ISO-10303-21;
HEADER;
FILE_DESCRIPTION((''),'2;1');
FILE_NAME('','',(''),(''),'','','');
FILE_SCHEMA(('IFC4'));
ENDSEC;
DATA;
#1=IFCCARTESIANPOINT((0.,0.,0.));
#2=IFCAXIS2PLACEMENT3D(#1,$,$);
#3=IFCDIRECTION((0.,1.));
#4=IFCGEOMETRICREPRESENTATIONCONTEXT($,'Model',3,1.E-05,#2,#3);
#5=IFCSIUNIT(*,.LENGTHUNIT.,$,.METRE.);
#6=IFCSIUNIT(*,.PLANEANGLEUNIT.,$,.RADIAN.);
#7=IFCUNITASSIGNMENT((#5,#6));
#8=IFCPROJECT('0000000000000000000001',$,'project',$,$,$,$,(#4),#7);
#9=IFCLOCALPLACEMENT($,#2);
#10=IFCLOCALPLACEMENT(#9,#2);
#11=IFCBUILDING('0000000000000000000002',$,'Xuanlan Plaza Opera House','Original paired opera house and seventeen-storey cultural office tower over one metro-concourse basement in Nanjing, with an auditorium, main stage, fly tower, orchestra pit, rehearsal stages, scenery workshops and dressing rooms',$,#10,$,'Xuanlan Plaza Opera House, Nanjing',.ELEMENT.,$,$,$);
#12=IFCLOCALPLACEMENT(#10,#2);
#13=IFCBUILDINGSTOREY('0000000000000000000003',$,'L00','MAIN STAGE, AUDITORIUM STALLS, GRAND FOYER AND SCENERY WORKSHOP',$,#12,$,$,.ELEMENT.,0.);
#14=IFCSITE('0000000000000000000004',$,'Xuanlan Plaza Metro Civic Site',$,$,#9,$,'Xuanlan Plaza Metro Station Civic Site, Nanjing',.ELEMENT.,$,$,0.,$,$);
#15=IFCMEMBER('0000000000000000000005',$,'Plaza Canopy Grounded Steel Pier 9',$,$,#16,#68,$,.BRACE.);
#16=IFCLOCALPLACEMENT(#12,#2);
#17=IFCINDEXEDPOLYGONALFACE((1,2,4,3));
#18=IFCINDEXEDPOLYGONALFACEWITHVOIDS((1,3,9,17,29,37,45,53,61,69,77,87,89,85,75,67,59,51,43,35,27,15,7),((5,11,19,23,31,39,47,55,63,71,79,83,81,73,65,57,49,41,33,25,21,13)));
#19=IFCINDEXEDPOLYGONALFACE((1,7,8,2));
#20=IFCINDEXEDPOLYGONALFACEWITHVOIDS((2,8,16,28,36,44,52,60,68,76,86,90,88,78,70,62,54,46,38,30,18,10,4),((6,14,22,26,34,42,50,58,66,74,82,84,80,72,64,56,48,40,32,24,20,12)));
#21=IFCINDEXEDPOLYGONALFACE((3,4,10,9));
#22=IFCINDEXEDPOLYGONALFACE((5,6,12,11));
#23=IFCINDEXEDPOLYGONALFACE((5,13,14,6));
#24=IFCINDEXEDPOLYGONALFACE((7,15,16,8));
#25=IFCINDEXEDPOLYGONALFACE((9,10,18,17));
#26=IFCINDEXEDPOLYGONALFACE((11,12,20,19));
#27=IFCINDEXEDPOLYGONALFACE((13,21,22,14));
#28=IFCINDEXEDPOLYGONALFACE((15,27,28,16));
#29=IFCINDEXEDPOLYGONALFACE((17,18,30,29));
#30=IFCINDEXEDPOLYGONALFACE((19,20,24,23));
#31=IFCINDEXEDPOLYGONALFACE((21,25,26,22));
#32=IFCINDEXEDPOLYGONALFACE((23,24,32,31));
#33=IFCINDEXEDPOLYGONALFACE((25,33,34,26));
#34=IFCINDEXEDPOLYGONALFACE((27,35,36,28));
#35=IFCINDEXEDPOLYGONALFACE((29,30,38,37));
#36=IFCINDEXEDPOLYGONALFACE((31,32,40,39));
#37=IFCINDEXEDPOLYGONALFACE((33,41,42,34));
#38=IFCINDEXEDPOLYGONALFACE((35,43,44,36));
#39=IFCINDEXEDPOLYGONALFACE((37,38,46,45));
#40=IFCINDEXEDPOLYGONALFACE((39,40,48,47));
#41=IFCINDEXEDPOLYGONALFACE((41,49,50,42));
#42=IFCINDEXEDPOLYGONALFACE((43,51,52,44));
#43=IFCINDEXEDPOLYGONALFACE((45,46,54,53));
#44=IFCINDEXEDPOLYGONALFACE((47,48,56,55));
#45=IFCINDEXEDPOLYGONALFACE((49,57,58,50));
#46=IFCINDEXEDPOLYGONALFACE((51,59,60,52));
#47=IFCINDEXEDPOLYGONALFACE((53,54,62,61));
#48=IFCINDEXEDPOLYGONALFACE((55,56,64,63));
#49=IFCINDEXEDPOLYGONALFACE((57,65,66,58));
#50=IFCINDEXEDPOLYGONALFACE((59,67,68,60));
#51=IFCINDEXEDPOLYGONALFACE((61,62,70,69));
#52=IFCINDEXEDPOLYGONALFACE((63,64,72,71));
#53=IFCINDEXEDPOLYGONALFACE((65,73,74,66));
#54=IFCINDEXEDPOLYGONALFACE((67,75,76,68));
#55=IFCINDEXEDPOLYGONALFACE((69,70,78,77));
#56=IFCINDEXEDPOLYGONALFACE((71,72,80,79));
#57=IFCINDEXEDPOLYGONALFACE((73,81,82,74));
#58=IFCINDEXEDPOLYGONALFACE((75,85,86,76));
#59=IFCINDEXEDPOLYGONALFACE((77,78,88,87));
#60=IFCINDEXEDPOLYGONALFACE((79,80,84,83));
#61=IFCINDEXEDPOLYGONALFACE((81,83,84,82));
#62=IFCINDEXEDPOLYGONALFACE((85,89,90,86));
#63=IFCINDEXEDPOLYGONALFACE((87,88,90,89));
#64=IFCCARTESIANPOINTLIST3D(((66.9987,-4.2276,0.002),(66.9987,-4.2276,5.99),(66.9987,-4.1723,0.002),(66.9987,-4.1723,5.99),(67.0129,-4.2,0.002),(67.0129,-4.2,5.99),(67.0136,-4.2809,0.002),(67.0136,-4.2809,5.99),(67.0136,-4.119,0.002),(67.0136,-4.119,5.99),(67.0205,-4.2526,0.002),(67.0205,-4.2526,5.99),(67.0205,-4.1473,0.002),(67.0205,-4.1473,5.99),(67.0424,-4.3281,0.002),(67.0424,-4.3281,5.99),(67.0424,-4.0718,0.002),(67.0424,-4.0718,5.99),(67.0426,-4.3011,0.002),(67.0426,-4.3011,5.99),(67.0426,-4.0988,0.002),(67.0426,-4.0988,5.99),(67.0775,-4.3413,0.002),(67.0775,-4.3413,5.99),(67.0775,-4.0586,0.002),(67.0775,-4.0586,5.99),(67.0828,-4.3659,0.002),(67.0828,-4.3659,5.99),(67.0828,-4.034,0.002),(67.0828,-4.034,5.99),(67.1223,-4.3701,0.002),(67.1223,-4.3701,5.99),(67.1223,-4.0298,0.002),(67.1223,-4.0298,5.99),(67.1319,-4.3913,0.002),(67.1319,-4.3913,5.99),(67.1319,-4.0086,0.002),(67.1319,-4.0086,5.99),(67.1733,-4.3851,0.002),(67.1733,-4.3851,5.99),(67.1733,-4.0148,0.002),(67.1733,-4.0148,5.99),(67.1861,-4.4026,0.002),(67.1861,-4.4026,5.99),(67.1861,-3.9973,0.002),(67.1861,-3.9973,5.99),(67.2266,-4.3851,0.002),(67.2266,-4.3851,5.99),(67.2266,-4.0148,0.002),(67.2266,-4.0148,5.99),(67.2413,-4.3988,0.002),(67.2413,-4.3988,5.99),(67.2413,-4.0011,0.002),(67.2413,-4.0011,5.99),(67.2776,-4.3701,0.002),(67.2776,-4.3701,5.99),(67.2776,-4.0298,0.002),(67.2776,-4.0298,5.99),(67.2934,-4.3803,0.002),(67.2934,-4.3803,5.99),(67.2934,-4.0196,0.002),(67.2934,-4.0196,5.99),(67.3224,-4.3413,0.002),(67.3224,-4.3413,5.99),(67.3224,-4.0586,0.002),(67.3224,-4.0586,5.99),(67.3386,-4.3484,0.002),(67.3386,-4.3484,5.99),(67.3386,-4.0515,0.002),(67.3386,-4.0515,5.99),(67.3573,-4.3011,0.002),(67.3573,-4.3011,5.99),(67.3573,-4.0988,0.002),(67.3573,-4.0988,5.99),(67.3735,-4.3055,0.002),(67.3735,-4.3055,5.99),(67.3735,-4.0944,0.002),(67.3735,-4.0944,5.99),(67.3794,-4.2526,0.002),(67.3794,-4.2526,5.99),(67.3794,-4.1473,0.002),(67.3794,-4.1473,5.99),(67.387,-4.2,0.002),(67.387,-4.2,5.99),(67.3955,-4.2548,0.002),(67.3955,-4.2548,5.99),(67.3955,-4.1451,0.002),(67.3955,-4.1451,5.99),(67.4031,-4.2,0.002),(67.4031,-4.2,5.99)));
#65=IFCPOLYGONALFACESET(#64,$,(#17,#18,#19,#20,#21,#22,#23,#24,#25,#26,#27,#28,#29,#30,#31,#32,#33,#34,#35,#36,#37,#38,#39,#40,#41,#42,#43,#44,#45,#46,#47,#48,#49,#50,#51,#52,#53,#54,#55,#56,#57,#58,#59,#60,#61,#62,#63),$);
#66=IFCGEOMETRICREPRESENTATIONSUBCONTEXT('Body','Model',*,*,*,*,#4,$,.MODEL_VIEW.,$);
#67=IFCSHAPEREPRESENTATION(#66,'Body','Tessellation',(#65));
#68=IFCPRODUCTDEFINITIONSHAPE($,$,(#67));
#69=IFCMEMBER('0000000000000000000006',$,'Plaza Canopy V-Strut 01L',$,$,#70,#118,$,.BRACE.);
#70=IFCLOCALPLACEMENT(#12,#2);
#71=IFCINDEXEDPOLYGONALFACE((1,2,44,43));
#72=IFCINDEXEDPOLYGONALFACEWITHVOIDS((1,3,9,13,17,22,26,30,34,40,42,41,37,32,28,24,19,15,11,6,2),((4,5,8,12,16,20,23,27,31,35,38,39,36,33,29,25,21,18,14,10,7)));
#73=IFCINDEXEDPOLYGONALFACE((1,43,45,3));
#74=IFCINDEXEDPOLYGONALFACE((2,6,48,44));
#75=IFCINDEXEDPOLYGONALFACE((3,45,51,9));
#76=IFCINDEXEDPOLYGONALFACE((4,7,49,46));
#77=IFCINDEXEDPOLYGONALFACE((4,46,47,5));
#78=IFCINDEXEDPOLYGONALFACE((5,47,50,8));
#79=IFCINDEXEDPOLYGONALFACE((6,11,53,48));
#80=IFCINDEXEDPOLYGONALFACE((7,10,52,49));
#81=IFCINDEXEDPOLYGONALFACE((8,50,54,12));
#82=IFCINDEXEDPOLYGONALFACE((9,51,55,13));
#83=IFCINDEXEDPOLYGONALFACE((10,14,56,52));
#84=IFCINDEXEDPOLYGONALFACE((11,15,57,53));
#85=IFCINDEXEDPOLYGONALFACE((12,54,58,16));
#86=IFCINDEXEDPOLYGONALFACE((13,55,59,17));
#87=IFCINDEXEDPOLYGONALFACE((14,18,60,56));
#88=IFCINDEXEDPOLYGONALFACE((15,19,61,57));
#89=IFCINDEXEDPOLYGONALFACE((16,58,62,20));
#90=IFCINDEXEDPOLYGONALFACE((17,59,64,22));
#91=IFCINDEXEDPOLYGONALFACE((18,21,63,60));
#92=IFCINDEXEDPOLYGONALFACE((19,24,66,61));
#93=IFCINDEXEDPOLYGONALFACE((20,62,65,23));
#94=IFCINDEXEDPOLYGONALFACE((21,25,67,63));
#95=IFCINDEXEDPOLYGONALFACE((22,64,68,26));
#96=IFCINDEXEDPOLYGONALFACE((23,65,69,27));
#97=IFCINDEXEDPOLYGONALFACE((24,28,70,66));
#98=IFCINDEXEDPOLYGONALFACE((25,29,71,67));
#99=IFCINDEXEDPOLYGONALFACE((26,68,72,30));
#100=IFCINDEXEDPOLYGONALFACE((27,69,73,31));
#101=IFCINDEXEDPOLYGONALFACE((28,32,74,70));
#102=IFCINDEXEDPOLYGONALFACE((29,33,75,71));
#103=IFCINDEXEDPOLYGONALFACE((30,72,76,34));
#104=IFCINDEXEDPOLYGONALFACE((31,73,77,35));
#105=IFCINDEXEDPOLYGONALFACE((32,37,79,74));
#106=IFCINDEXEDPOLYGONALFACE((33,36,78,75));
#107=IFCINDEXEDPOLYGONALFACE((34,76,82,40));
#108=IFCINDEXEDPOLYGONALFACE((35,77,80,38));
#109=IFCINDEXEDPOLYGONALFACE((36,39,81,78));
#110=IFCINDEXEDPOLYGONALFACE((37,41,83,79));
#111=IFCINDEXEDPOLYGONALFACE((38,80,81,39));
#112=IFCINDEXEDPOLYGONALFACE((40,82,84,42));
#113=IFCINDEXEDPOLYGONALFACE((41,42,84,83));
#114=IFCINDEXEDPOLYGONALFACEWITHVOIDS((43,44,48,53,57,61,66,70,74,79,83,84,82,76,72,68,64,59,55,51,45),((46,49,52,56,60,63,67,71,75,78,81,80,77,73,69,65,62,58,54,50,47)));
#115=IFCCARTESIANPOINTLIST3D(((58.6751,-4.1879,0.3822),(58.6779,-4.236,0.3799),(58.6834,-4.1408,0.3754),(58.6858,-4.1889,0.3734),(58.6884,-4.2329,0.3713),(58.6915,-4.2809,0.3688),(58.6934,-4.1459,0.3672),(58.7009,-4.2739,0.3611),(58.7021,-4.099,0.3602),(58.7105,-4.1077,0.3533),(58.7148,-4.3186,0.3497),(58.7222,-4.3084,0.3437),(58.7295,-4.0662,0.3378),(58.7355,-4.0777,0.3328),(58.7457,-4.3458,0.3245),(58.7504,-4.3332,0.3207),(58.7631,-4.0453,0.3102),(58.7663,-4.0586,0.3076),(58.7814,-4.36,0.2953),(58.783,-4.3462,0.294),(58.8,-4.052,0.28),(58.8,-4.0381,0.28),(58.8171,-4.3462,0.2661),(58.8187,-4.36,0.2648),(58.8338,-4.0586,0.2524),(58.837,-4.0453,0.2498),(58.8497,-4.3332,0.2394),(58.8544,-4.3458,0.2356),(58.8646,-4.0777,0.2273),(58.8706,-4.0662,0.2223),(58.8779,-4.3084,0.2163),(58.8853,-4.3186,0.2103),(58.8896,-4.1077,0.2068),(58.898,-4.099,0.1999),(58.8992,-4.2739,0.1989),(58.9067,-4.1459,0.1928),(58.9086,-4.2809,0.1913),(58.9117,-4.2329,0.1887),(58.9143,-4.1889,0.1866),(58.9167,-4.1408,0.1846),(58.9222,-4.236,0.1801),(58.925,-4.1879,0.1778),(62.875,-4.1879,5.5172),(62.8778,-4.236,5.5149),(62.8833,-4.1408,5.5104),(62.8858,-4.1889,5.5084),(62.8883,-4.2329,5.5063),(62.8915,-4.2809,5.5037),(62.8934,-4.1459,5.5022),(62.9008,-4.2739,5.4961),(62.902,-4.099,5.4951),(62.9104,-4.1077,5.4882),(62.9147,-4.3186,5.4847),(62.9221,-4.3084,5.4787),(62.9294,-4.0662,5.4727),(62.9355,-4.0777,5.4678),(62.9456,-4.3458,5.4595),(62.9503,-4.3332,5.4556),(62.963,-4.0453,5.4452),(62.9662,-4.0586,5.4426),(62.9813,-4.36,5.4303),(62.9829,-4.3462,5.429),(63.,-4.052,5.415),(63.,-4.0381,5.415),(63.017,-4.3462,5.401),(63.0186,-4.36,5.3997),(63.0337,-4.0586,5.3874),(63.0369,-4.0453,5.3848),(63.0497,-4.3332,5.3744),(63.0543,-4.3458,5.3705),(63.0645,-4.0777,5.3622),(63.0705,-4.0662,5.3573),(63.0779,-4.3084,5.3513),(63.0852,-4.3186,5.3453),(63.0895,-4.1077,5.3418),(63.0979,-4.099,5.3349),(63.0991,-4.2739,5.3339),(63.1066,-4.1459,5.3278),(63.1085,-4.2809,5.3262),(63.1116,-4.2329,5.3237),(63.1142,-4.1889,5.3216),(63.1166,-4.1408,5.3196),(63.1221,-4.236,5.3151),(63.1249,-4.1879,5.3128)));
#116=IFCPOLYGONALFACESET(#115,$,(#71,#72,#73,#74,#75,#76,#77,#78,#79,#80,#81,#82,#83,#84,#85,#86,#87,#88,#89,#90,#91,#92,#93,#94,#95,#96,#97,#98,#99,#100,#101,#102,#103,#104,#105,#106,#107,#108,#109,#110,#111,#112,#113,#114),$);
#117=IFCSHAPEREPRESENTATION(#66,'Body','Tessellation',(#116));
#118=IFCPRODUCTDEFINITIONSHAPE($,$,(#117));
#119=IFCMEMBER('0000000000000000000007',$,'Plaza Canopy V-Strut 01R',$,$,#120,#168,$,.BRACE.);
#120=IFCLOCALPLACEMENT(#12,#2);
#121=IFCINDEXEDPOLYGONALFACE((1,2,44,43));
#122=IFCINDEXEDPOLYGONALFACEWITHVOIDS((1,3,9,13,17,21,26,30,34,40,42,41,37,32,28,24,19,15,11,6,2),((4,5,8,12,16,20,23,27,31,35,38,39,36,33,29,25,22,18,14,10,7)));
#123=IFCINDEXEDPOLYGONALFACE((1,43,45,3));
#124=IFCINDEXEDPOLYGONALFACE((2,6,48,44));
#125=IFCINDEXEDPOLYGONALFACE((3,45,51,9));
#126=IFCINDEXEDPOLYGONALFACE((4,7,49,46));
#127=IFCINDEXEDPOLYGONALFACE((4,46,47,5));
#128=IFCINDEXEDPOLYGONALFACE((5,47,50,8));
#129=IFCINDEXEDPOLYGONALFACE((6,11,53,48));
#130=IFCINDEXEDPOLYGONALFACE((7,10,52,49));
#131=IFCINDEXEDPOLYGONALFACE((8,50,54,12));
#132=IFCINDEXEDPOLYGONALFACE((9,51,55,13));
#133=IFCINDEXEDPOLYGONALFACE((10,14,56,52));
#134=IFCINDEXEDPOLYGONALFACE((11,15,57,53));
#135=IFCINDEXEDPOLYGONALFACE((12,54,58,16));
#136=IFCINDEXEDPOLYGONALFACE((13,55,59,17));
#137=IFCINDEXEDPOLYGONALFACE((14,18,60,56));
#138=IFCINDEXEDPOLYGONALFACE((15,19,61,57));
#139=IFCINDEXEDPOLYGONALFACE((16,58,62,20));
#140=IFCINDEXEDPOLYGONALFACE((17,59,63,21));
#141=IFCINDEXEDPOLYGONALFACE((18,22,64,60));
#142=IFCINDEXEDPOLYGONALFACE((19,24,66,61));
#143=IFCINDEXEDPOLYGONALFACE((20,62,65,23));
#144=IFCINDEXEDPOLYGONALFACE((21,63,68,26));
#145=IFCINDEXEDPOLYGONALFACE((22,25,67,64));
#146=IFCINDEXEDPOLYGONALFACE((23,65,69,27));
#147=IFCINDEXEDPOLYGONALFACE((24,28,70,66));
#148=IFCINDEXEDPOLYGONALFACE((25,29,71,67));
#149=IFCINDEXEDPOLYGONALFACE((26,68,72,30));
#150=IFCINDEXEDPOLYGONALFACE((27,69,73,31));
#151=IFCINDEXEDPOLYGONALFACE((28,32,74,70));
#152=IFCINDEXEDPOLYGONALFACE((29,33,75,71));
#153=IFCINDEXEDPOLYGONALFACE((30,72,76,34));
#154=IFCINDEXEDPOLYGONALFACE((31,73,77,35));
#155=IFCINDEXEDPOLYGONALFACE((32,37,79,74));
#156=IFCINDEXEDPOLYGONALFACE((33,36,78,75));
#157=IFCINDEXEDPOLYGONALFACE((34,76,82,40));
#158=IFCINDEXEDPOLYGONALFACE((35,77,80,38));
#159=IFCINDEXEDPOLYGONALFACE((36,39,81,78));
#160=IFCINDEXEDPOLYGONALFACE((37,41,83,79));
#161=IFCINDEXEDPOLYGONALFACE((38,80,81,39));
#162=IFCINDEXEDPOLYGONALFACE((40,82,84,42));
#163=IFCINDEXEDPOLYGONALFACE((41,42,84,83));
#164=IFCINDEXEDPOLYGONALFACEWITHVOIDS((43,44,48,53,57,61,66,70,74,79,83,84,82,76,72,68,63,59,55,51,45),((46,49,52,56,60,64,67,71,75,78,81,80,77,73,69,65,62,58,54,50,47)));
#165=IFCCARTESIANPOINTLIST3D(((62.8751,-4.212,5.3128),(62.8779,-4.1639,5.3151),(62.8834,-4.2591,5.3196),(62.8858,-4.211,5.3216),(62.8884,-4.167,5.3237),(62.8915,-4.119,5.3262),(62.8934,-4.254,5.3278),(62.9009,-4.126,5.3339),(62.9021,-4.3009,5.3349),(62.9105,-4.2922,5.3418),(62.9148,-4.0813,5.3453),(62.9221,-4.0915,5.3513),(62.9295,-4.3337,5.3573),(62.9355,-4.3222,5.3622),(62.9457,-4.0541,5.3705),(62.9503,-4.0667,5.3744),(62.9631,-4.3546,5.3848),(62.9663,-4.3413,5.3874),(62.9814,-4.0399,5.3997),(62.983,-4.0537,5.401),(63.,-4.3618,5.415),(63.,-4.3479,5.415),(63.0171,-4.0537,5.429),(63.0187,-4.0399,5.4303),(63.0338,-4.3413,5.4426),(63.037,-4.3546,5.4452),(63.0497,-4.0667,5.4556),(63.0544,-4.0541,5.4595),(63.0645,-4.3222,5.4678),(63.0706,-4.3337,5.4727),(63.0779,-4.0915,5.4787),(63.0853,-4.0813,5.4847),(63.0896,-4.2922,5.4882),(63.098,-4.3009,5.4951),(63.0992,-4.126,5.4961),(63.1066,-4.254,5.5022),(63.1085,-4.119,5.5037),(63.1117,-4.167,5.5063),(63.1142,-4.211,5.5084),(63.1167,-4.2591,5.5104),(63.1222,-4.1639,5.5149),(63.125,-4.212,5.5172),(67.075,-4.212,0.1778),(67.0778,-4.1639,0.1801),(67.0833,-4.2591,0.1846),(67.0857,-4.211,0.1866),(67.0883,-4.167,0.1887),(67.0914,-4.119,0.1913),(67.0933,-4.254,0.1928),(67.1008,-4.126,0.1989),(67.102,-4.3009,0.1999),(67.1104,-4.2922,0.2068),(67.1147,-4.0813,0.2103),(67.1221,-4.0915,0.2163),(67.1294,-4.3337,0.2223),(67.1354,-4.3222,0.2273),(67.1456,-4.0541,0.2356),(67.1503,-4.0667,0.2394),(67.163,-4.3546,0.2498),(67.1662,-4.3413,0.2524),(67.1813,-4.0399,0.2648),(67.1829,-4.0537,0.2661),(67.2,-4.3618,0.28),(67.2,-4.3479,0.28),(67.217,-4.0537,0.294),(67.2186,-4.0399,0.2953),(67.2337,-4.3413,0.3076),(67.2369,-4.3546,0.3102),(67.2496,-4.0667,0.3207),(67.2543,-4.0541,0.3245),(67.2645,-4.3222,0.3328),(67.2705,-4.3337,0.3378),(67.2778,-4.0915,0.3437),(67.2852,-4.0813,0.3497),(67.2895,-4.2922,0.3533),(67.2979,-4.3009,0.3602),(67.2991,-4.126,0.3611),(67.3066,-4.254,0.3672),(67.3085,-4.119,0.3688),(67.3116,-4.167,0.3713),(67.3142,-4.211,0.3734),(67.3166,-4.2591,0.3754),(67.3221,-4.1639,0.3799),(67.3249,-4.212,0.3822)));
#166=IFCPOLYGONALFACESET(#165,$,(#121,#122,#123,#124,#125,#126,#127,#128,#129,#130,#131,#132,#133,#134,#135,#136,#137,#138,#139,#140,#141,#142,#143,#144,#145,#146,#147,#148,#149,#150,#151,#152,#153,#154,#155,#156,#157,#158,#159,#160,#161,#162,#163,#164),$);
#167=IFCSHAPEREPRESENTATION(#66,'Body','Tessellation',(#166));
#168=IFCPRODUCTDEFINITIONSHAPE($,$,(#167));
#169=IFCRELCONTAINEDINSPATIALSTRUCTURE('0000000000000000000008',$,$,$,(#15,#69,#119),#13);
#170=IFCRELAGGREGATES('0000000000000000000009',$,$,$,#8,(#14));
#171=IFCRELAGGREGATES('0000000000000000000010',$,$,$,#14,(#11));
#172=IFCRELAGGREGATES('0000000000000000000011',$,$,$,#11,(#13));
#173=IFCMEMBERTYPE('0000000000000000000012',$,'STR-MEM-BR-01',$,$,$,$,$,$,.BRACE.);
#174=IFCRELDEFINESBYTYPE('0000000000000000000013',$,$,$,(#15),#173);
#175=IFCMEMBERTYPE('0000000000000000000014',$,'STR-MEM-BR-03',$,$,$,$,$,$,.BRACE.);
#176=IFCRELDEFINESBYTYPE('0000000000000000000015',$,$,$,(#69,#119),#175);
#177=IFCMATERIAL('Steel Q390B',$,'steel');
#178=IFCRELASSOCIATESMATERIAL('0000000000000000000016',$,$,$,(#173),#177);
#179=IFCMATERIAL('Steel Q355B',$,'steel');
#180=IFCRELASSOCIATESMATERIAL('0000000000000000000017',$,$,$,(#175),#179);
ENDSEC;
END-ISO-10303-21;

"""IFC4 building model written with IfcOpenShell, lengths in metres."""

from ifc_helpers import new_model, si_unit, direction, frame, origin, origin_2d, place, context, subcontext, project, spatial, hollow_circle, extrude, material, material_profile, profile_set, type_object, element, save


model = new_model("IFC4")

# Units and contexts
model_context = context("Model", 3, precision=1e-05, world=origin(), true_north=direction((0.0, 1.0)))
body_context = subcontext(model_context, "Body", "Model", "MODEL_VIEW")
ifc_project = project(units=[si_unit("LENGTHUNIT", "METRE"), si_unit("PLANEANGLEUNIT", "RADIAN")], contexts=[model_context])

# Site, building, storey
site_placement = place(None, origin())
site = spatial("IfcSite", under=ifc_project, at=site_placement, Name="Xuanlan Plaza Metro Civic Site", LongName="Xuanlan Plaza Metro Station Civic Site, Nanjing", CompositionType="ELEMENT", RefElevation=0.0)
building_placement = place(site_placement, origin())
building = spatial("IfcBuilding", under=site, at=building_placement, Name="Xuanlan Plaza Opera House", Description="Original paired opera house and seventeen-storey cultural office tower over one metro-concourse basement in Nanjing, with an auditorium, main stage, fly tower, orchestra pit, rehearsal stages, scenery workshops and dressing rooms", LongName="Xuanlan Plaza Opera House, Nanjing", CompositionType="ELEMENT")
storey_placement = place(building_placement, origin())
storey = spatial("IfcBuildingStorey", under=building, at=storey_placement, Name="L00", Description="MAIN STAGE, AUDITORIUM STALLS, GRAND FOYER AND SCENERY WORKSHOP", CompositionType="ELEMENT", Elevation=0.0)

# Members
ifc_material_1 = material(Name="Steel Q390B", Category="steel")
ifc_material_profile_1 = material_profile(ifc_material_1, hollow_circle(Radius=0.2031, WallThickness=0.0161, at=origin_2d()), Name="CHS 406.4x16")
ifc_profile_set_1 = profile_set([ifc_material_profile_1], Name="Steel Q390B")
member_type_1 = type_object("IfcMemberType", Name="STR-MEM-BR-01", PredefinedType="BRACE", material=ifc_profile_set_1)
member_1_placement = place(storey_placement, frame((67.2, -4.2, 0.002), z_axis=(0.0, 0.0, 1.0), x_axis=(1.0, 0.0, 0.0)))
element("IfcMember", 1, at=member_1_placement, inside=storey, type_object=member_type_1, Name="Plaza Canopy Grounded Steel Pier 9", PredefinedType="BRACE", context=body_context, shape_type="SweptSolid", body=[
    extrude(hollow_circle(Radius=0.2031, WallThickness=0.0161, at=origin_2d()), origin(), (0.0, 0.0, 1.0), 5.988),
])
ifc_material_2 = material(Name="Steel Q355B", Category="steel")
ifc_material_profile_2 = material_profile(ifc_material_2, hollow_circle(Radius=0.1619, WallThickness=0.0139, at=origin_2d()), Name="CHS 323.9x14")
ifc_profile_set_2 = profile_set([ifc_material_profile_2], Name="Steel Q355B")
member_type_2 = type_object("IfcMemberType", Name="STR-MEM-BR-03", PredefinedType="BRACE", material=ifc_profile_set_2)
for number, where, z_axis, x_axis, name in (
    (2, (58.8, -4.2, 0.28), (0.63311, 0.0, 0.774062), (0.0, 1.0, 0.0), "Plaza Canopy V-Strut 01L"),
    (3, (67.2, -4.2, 0.28), (-0.63311, 0.0, 0.774062), (0.0, -1.0, 0.0), "Plaza Canopy V-Strut 01R"),
):
    element("IfcMember", number, at=place(storey_placement, frame(where, z_axis=z_axis, x_axis=x_axis)), inside=storey, type_object=member_type_2, Name=name, PredefinedType="BRACE", context=body_context, shape_type="SweptSolid", body=[
        extrude(hollow_circle(Radius=0.1619, WallThickness=0.0139, at=origin_2d()), origin(), (0.0, 0.0, 1.0), 6.6338),
    ])

save(model, "model.ifc")
